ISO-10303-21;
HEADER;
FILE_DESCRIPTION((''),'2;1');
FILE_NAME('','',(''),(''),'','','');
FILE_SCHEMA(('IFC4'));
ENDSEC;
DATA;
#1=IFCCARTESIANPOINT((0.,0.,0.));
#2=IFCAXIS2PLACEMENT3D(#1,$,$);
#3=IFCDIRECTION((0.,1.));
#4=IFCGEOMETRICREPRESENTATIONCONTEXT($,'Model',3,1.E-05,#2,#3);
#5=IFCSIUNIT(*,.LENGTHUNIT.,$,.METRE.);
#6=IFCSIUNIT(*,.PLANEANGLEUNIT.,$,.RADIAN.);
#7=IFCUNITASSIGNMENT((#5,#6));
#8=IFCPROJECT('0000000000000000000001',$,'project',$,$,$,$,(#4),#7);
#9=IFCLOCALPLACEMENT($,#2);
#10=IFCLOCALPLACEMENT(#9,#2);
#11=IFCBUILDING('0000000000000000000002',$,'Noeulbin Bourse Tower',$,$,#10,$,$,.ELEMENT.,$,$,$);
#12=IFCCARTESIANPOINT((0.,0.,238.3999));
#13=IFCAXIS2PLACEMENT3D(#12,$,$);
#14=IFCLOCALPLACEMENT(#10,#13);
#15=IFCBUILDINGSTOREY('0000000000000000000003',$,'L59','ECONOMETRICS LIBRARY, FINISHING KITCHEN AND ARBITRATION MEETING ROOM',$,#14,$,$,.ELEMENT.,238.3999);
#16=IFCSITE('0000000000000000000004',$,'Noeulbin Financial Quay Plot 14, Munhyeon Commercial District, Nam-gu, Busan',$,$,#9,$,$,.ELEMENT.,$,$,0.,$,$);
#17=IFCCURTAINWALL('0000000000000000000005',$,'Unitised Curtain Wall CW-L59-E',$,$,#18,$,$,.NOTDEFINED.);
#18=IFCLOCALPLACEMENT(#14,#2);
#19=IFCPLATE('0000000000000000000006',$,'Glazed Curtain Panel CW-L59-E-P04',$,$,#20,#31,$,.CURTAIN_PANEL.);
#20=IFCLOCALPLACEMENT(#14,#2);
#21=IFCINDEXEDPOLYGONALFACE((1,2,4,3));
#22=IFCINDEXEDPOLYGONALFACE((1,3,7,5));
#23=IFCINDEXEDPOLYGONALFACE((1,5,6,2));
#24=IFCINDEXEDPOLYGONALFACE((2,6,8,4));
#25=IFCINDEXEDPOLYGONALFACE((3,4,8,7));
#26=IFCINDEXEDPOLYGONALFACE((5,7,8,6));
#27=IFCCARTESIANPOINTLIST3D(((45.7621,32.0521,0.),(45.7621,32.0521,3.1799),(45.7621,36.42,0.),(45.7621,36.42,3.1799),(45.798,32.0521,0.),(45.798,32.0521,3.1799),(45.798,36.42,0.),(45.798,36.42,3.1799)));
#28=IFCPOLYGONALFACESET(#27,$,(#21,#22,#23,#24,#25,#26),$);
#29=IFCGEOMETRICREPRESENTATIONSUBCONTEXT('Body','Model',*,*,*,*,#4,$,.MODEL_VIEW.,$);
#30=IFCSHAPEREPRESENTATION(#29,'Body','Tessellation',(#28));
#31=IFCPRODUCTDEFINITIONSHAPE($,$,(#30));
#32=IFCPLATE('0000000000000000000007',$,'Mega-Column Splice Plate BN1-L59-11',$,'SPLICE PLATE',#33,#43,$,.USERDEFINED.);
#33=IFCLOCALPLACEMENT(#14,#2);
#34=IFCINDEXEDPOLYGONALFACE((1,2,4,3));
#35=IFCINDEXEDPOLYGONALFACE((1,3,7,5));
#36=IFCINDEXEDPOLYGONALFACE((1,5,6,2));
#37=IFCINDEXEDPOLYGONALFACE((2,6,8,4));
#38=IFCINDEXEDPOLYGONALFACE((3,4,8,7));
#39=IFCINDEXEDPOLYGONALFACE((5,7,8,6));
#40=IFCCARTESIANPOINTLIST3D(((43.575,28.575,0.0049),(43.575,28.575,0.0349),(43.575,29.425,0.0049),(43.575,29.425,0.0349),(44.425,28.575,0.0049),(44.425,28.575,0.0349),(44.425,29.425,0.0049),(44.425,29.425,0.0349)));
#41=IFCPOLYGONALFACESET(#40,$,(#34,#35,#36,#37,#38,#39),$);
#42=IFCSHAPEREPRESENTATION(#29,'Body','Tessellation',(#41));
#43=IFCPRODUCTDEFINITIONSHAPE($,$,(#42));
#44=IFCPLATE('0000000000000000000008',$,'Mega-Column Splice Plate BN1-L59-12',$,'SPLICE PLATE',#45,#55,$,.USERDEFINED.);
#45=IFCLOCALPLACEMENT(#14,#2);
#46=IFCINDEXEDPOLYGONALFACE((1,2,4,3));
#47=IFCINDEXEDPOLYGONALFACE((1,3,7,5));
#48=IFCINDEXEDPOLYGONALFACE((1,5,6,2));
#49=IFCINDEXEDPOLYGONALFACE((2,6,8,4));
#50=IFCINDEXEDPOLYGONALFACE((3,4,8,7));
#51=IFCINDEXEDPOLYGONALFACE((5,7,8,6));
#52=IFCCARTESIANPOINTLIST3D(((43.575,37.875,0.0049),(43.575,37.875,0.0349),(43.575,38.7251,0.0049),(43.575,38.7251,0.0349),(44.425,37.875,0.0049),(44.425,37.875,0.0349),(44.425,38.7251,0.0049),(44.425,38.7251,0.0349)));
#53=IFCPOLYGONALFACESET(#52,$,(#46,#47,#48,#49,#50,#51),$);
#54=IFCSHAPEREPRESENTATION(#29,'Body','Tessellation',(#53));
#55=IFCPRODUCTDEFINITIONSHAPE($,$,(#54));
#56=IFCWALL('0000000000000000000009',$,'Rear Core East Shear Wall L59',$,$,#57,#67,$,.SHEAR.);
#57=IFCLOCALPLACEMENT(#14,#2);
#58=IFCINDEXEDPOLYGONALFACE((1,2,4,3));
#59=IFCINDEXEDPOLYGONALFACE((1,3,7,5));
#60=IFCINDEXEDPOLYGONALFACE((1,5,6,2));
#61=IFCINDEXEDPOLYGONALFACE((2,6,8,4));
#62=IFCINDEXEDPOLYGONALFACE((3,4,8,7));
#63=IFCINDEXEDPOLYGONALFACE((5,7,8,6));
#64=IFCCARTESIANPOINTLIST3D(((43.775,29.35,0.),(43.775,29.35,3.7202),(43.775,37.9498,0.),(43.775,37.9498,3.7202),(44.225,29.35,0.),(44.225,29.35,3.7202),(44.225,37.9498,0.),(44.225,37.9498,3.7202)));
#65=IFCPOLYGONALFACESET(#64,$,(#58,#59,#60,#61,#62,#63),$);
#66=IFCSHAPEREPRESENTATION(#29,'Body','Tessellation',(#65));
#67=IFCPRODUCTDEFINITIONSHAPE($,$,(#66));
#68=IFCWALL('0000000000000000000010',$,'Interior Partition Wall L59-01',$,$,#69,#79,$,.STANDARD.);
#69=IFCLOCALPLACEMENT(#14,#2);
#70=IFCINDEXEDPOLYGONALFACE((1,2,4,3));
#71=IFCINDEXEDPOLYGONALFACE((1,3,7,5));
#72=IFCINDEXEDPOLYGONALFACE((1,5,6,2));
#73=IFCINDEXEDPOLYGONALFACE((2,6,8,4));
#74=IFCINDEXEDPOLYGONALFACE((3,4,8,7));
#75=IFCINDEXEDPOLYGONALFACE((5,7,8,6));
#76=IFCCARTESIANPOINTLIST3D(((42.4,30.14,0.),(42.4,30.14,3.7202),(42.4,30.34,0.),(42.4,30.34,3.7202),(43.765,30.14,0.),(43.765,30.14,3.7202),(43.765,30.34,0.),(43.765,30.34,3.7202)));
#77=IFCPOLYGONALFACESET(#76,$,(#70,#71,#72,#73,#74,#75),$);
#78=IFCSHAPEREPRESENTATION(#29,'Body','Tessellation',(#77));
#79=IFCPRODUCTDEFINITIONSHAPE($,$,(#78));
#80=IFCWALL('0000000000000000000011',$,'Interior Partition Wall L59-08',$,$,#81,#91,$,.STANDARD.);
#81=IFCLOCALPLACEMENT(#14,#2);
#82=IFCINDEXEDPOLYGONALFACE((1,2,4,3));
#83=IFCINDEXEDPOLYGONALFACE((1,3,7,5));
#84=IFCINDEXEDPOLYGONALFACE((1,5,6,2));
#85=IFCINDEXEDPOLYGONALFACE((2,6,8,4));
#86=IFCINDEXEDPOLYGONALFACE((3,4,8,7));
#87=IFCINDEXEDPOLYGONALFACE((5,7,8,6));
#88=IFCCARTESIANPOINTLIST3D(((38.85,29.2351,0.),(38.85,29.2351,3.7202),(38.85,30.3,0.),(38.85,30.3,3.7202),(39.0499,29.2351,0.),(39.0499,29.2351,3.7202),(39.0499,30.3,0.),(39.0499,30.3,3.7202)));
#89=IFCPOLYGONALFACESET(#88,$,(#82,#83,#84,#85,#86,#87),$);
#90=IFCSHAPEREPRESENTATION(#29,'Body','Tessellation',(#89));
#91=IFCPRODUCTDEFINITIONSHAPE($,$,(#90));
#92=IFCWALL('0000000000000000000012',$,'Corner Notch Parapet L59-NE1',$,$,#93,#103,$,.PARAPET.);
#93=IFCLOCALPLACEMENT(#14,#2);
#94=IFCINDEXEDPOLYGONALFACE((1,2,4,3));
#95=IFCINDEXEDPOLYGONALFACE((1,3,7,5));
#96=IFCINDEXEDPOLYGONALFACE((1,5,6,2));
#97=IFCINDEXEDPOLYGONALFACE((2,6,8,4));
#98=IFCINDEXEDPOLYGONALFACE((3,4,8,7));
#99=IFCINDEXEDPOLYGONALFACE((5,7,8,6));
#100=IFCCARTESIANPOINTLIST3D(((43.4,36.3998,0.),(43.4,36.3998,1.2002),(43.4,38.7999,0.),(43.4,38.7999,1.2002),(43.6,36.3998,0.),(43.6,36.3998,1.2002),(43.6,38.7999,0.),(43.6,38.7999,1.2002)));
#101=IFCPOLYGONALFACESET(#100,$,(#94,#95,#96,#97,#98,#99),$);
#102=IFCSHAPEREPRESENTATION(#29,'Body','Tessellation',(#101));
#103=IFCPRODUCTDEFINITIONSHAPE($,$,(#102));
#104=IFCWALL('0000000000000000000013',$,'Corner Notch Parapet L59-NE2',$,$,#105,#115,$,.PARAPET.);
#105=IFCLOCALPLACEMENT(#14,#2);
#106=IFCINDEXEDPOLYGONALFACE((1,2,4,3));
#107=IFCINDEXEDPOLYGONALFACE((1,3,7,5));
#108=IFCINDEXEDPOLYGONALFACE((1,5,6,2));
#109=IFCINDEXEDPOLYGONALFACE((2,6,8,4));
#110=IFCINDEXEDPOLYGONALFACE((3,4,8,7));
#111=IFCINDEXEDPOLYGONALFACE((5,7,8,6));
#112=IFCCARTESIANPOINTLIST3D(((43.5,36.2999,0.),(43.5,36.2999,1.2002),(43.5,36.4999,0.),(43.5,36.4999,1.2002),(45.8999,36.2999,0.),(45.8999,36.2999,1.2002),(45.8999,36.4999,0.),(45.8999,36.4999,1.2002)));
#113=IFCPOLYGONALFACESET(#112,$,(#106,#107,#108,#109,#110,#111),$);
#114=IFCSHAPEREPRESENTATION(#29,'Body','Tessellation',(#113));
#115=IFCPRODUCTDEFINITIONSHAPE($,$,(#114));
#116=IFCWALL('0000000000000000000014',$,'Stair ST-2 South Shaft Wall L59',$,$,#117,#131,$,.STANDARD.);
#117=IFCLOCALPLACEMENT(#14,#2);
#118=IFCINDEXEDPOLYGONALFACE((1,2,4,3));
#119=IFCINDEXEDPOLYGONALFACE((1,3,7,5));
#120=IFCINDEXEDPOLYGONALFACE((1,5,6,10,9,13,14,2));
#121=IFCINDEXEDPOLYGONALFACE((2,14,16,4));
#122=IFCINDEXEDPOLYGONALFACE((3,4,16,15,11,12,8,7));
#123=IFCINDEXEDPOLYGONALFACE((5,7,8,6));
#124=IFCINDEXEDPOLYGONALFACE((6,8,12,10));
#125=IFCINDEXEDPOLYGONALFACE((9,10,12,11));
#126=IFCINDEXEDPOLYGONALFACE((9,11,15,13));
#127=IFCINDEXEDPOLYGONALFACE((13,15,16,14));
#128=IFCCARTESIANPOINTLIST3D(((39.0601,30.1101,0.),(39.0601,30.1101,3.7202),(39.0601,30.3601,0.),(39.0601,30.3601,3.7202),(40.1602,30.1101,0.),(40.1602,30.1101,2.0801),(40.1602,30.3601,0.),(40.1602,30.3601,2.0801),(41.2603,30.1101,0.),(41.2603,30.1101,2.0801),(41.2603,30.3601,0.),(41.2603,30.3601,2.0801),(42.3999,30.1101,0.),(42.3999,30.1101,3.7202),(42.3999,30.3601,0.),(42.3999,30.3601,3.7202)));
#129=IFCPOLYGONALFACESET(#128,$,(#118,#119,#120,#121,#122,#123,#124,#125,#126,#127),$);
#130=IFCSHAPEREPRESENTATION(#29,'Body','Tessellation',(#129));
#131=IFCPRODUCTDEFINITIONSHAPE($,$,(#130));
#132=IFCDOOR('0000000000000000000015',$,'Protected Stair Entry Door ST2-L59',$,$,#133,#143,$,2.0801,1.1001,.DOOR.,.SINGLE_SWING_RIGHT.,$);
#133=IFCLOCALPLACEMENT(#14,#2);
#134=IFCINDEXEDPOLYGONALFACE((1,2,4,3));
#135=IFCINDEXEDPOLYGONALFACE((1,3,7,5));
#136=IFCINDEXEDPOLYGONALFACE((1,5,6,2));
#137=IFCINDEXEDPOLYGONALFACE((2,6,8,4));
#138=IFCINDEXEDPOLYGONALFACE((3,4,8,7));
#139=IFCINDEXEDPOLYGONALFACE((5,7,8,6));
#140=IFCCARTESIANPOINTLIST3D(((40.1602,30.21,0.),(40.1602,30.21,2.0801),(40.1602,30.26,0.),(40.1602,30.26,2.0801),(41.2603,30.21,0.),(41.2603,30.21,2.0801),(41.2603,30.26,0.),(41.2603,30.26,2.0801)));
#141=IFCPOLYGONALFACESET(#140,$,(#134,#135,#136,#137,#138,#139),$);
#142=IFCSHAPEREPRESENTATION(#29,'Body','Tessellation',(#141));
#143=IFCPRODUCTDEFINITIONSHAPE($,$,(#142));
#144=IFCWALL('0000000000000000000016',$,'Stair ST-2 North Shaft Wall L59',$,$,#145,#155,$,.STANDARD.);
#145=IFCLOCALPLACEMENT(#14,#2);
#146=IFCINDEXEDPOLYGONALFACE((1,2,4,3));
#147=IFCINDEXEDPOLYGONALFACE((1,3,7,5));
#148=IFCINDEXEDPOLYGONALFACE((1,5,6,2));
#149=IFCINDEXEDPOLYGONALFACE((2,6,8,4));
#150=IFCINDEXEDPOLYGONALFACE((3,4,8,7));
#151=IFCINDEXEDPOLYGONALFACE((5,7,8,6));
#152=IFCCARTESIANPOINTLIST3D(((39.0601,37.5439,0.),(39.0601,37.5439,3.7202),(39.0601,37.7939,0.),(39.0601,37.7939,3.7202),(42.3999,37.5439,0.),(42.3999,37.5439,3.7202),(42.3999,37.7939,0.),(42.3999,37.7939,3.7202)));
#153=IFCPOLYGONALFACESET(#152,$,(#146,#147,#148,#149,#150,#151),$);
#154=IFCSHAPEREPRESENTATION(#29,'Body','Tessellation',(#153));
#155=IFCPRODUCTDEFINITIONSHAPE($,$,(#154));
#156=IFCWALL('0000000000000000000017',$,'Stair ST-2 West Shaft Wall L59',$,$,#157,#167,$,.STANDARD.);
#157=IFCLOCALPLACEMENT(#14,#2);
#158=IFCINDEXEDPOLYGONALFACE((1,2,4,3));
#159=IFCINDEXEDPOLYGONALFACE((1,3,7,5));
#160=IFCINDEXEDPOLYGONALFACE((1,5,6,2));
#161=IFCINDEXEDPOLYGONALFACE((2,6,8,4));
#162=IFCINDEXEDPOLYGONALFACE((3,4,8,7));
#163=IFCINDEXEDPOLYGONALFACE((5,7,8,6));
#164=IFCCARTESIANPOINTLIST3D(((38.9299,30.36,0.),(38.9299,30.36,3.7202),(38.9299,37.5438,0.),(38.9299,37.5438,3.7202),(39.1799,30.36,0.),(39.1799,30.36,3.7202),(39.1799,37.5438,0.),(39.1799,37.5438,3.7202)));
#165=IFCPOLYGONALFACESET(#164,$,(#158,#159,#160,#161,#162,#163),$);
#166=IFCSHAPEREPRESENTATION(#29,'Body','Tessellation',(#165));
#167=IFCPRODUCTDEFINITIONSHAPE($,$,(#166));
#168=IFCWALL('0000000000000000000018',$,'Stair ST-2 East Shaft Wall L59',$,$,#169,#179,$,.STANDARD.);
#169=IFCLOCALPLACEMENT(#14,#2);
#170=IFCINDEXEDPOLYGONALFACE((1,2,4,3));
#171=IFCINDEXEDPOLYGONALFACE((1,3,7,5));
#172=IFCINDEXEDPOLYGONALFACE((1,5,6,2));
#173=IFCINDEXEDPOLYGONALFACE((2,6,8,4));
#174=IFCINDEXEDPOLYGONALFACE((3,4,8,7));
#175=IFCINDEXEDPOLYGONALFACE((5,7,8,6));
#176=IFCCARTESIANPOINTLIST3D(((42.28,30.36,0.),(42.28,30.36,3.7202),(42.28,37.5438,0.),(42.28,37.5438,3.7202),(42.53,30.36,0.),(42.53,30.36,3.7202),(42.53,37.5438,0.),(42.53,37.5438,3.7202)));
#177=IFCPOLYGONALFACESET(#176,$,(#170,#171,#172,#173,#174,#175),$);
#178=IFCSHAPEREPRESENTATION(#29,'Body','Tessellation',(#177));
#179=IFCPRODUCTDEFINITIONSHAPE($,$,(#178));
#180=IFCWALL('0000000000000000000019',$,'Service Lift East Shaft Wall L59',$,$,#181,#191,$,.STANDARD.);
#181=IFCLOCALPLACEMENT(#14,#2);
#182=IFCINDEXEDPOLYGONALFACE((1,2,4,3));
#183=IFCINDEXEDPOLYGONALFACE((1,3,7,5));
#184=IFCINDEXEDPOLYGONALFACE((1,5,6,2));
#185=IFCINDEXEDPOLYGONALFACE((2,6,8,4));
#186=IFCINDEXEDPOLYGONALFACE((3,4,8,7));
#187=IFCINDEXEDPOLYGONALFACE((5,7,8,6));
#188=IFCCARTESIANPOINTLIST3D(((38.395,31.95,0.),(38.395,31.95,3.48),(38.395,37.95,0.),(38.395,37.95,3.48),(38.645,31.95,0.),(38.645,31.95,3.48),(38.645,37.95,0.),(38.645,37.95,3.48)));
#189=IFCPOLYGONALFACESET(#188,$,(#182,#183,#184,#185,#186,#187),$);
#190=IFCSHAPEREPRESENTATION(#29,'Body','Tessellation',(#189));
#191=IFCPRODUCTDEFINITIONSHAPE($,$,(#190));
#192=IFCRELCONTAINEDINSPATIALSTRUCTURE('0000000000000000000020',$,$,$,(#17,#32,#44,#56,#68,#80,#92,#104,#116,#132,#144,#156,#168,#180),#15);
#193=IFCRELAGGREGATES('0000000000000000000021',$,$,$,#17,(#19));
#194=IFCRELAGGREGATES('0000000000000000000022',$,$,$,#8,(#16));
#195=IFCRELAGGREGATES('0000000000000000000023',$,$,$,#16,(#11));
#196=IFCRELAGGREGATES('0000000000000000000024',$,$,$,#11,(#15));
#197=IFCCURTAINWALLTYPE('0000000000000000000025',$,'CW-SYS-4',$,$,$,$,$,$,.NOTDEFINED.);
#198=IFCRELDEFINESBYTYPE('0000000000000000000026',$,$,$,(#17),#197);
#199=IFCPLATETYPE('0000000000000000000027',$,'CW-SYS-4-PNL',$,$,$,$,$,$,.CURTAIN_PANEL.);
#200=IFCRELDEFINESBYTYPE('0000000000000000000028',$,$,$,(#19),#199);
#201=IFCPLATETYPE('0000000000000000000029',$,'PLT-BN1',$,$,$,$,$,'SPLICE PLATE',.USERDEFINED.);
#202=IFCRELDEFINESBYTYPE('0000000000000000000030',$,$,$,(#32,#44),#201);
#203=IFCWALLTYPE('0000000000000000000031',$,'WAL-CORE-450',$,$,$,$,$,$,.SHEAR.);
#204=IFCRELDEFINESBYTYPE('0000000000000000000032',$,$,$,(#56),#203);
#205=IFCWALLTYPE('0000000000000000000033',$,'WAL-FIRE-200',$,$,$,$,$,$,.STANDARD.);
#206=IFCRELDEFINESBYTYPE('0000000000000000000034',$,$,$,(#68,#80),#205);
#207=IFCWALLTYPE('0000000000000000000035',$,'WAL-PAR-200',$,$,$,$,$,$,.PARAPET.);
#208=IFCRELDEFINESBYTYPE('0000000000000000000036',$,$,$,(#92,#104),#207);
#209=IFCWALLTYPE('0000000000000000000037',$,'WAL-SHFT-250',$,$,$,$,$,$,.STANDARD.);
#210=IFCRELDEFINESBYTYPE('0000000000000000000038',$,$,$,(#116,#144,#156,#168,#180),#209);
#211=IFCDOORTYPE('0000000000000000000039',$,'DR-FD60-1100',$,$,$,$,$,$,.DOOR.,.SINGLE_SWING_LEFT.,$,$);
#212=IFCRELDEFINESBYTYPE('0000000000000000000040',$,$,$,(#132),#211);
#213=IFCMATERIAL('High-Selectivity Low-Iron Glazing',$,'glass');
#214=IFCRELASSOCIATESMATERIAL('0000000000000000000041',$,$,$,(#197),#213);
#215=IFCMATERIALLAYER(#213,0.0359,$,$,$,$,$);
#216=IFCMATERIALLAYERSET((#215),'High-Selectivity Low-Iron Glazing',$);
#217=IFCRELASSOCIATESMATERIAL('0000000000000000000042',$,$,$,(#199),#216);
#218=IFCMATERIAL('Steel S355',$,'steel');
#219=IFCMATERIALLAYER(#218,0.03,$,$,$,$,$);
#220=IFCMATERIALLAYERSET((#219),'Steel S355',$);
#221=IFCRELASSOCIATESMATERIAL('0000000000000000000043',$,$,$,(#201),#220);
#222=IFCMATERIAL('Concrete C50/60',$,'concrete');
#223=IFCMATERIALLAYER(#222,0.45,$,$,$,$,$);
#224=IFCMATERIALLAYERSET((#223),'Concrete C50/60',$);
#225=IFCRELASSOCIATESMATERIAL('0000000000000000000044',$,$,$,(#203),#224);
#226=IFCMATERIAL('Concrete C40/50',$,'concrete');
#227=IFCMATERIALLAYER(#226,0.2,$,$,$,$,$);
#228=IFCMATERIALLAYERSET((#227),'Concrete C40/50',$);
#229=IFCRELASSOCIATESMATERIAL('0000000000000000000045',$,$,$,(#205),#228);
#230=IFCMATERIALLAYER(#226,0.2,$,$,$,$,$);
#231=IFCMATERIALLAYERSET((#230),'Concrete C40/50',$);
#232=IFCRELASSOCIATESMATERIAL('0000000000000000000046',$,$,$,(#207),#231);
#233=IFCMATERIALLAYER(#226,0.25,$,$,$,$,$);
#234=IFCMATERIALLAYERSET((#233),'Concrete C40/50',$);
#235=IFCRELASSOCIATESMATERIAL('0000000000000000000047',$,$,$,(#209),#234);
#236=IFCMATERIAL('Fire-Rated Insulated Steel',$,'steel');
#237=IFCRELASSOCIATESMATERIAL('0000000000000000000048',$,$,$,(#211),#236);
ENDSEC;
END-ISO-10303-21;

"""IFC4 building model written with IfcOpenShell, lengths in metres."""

from ifc_helpers import new_model, si_unit, direction, frame, frame_2d, origin, origin_2d, place, context, subcontext, project, spatial, rectangle, extrude, material, layer, layer_set, type_object, element, fill, aggregate, save


model = new_model("IFC4")

# Units and contexts
model_context = context("Model", 3, precision=1e-05, world=origin(), true_north=direction((0.0, 1.0)))
body_context = subcontext(model_context, "Body", "Model", "MODEL_VIEW")
ifc_project = project(units=[si_unit("LENGTHUNIT", "METRE"), si_unit("PLANEANGLEUNIT", "RADIAN")], contexts=[model_context])

# Site, building, storey
site_placement = place(None, origin())
site = spatial("IfcSite", under=ifc_project, at=site_placement, Name="Noeulbin Financial Quay Plot 14, Munhyeon Commercial District, Nam-gu, Busan", CompositionType="ELEMENT", RefElevation=0.0)
building_placement = place(site_placement, origin())
building = spatial("IfcBuilding", under=site, at=building_placement, Name="Noeulbin Bourse Tower", CompositionType="ELEMENT")
storey_placement = place(building_placement, frame((0.0, 0.0, 238.3999)))
storey = spatial("IfcBuildingStorey", under=building, at=storey_placement, Name="L59", Description="ECONOMETRICS LIBRARY, FINISHING KITCHEN AND ARBITRATION MEETING ROOM", CompositionType="ELEMENT", Elevation=238.3999)

# Shared definitions
ifc_material_1 = material(Name="Steel S355", Category="steel")

# Curtain wall
ifc_material_2 = material(Name="High-Selectivity Low-Iron Glazing", Category="glass")
curtain_wall_type = type_object("IfcCurtainWallType", Name="CW-SYS-4", PredefinedType="NOTDEFINED", material=ifc_material_2)
curtain_wall_1_placement = place(storey_placement, origin())
curtain_wall_1 = element("IfcCurtainWall", 1, at=curtain_wall_1_placement, inside=storey, type_object=curtain_wall_type, Name="Unitised Curtain Wall CW-L59-E", PredefinedType="NOTDEFINED")

# Plate
ifc_layer_1 = layer(ifc_material_2, 0.0359)
ifc_layer_set_1 = layer_set([ifc_layer_1], Name="High-Selectivity Low-Iron Glazing")
plate_type_1 = type_object("IfcPlateType", Name="CW-SYS-4-PNL", PredefinedType="CURTAIN_PANEL", material=ifc_layer_set_1)
plate_1_placement = place(storey_placement, frame((45.78, 34.2361, 0.0), z_axis=(0.0, 0.0, 1.0), x_axis=(0.0, 1.0, 0.0)))
plate_1 = element("IfcPlate", 2, at=plate_1_placement, type_object=plate_type_1, Name="Glazed Curtain Panel CW-L59-E-P04", PredefinedType="CURTAIN_PANEL", context=body_context, shape_type="SweptSolid", body=[
    extrude(rectangle(XDim=4.3679, YDim=0.0359, at=origin_2d()), origin(), (0.0, 0.0, 1.0), 3.1799),
])
aggregate(curtain_wall_1, [plate_1])

# Plates
ifc_layer_2 = layer(ifc_material_1, 0.03)
ifc_layer_set_2 = layer_set([ifc_layer_2], Name="Steel S355")
plate_type_2 = type_object("IfcPlateType", Name="PLT-BN1", ElementType="SPLICE PLATE", PredefinedType="USERDEFINED", material=ifc_layer_set_2)
for number, where, z_axis, x_axis, name in (
    (3, (44.0, 29.0, 0.0049), (0.0, 0.0, 1.0), (1.0, 0.0, 0.0), "Mega-Column Splice Plate BN1-L59-11"),
    (4, (44.0, 38.3, 0.0049), (0.0, 0.0, 1.0), (1.0, 0.0, 0.0), "Mega-Column Splice Plate BN1-L59-12"),
):
    element("IfcPlate", number, at=place(storey_placement, frame(where, z_axis=z_axis, x_axis=x_axis)), inside=storey, type_object=plate_type_2, Name=name, ObjectType="SPLICE PLATE", PredefinedType="USERDEFINED", context=body_context, shape_type="SweptSolid", body=[
        extrude(rectangle(XDim=0.8501, YDim=0.8501, at=origin_2d()), origin(), (0.0, 0.0, 1.0), 0.03),
    ])

# Walls
ifc_material_3 = material(Name="Concrete C50/60", Category="concrete")
ifc_layer_3 = layer(ifc_material_3, 0.45)
ifc_layer_set_3 = layer_set([ifc_layer_3], Name="Concrete C50/60")
wall_type_1 = type_object("IfcWallType", Name="WAL-CORE-450", PredefinedType="SHEAR", material=ifc_layer_set_3)
wall_1_placement = place(storey_placement, frame((44.0, 29.3501, 0.0), z_axis=(0.0, 0.0, 1.0), x_axis=(0.0, 1.0, 0.0)))
element("IfcWall", 5, at=wall_1_placement, inside=storey, type_object=wall_type_1, Name="Rear Core East Shear Wall L59", PredefinedType="SHEAR", context=body_context, shape_type="SweptSolid", body=[
    extrude(rectangle(XDim=8.5999, YDim=0.45, at=frame_2d((4.2998, 0.0))), origin(), (0.0, 0.0, 1.0), 3.7202),
])
ifc_material_4 = material(Name="Concrete C40/50", Category="concrete")
ifc_layer_4 = layer(ifc_material_4, 0.2)
ifc_layer_set_4 = layer_set([ifc_layer_4], Name="Concrete C40/50")
wall_type_2 = type_object("IfcWallType", Name="WAL-FIRE-200", PredefinedType="STANDARD", material=ifc_layer_set_4)
wall_2_placement = place(storey_placement, frame((42.3999, 30.24, 0.0), z_axis=(0.0, 0.0, 1.0), x_axis=(1.0, 0.0, 0.0)))
element("IfcWall", 6, at=wall_2_placement, inside=storey, type_object=wall_type_2, Name="Interior Partition Wall L59-01", PredefinedType="STANDARD", context=body_context, shape_type="SweptSolid", body=[
    extrude(rectangle(XDim=1.365, YDim=0.2, at=frame_2d((0.6826, 0.0))), origin(), (0.0, 0.0, 1.0), 3.7202),
])
wall_3_placement = place(storey_placement, frame((38.95, 29.2351, 0.0), z_axis=(0.0, 0.0, 1.0), x_axis=(0.0, 1.0, 0.0)))
element("IfcWall", 7, at=wall_3_placement, inside=storey, type_object=wall_type_2, Name="Interior Partition Wall L59-08", PredefinedType="STANDARD", context=body_context, shape_type="SweptSolid", body=[
    extrude(rectangle(XDim=1.0649, YDim=0.2, at=frame_2d((0.5325, 0.0))), origin(), (0.0, 0.0, 1.0), 3.7202),
])
ifc_layer_5 = layer(ifc_material_4, 0.2)
ifc_layer_set_5 = layer_set([ifc_layer_5], Name="Concrete C40/50")
wall_type_3 = type_object("IfcWallType", Name="WAL-PAR-200", PredefinedType="PARAPET", material=ifc_layer_set_5)
wall_4_placement = place(storey_placement, frame((43.5, 38.8, 0.0), z_axis=(0.0, 0.0, 1.0), x_axis=(0.0, -1.0, 0.0)))
element("IfcWall", 8, at=wall_4_placement, inside=storey, type_object=wall_type_3, Name="Corner Notch Parapet L59-NE1", PredefinedType="PARAPET", context=body_context, shape_type="SweptSolid", body=[
    extrude(rectangle(XDim=2.4001, YDim=0.2, at=frame_2d((1.2002, 0.0))), origin(), (0.0, 0.0, 1.0), 1.2002),
])
wall_5_placement = place(storey_placement, frame((43.5, 36.3999, 0.0), z_axis=(0.0, 0.0, 1.0), x_axis=(1.0, 0.0, 0.0)))
element("IfcWall", 9, at=wall_5_placement, inside=storey, type_object=wall_type_3, Name="Corner Notch Parapet L59-NE2", PredefinedType="PARAPET", context=body_context, shape_type="SweptSolid", body=[
    extrude(rectangle(XDim=2.3999, YDim=0.2, at=frame_2d((1.2, 0.0))), origin(), (0.0, 0.0, 1.0), 1.2002),
])

# Wall, opening, door
ifc_layer_6 = layer(ifc_material_4, 0.25)
ifc_layer_set_6 = layer_set([ifc_layer_6], Name="Concrete C40/50")
wall_type_4 = type_object("IfcWallType", Name="WAL-SHFT-250", PredefinedType="STANDARD", material=ifc_layer_set_6)
wall_6_placement = place(storey_placement, frame((39.0601, 30.2351, 0.0), z_axis=(0.0, 0.0, 1.0), x_axis=(1.0, 0.0, 0.0)))
wall_6 = element("IfcWall", 10, at=wall_6_placement, inside=storey, type_object=wall_type_4, Name="Stair ST-2 South Shaft Wall L59", PredefinedType="STANDARD", context=body_context, shape_type="SweptSolid", body=[
    extrude(rectangle(XDim=3.3398, YDim=0.25, at=frame_2d((1.6699, 0.0))), origin(), (0.0, 0.0, 1.0), 3.7202),
])
opening_placement = place(wall_6_placement, frame((1.1001, 0.0, 0.0)))
opening = element("IfcOpeningElement", 11, at=opening_placement, cuts=wall_6, PredefinedType="OPENING", context=body_context, shape_type="SweptSolid", body=[
    extrude(rectangle(XDim=1.1001, YDim=2.0801, at=frame_2d((0.55, 1.04))), frame((0.0, 0.135, 0.0), z_axis=(0.0, -1.0, 0.0), x_axis=(1.0, 0.0, 0.0)), (0.0, 0.0, 1.0), 0.27),
])
ifc_material_5 = material(Name="Fire-Rated Insulated Steel", Category="steel")
door_type = type_object("IfcDoorType", Name="DR-FD60-1100", OperationType="SINGLE_SWING_LEFT", PredefinedType="DOOR", material=ifc_material_5)
door_placement = place(opening_placement, origin())
door = element("IfcDoor", 12, at=door_placement, inside=storey, type_object=door_type, Name="Protected Stair Entry Door ST2-L59", OperationType="SINGLE_SWING_RIGHT", OverallHeight=2.0801, OverallWidth=1.1001, PredefinedType="DOOR", context=body_context, shape_type="SweptSolid", body=[
    extrude(rectangle(XDim=1.1001, YDim=2.0801, at=frame_2d((0.55, 1.04))), frame((0.0, 0.0249, 0.0), z_axis=(0.0, -1.0, 0.0), x_axis=(1.0, 0.0, 0.0)), (0.0, 0.0, 1.0), 0.05),
])
fill(opening, door)

# Walls
wall_7_placement = place(storey_placement, frame((39.0601, 37.6689, 0.0), z_axis=(0.0, 0.0, 1.0), x_axis=(1.0, 0.0, 0.0)))
element("IfcWall", 13, at=wall_7_placement, inside=storey, type_object=wall_type_4, Name="Stair ST-2 North Shaft Wall L59", PredefinedType="STANDARD", context=body_context, shape_type="SweptSolid", body=[
    extrude(rectangle(XDim=3.3398, YDim=0.25, at=frame_2d((1.6699, 0.0))), origin(), (0.0, 0.0, 1.0), 3.7202),
])
for number, where, z_axis, x_axis, name in (
    (14, (39.0549, 30.3601, 0.0), (0.0, 0.0, 1.0), (0.0, 1.0, 0.0), "Stair ST-2 West Shaft Wall L59"),
    (15, (42.405, 30.3601, 0.0), (0.0, 0.0, 1.0), (0.0, 1.0, 0.0), "Stair ST-2 East Shaft Wall L59"),
):
    element("IfcWall", number, at=place(storey_placement, frame(where, z_axis=z_axis, x_axis=x_axis)), inside=storey, type_object=wall_type_4, Name=name, PredefinedType="STANDARD", context=body_context, shape_type="SweptSolid", body=[
        extrude(rectangle(XDim=7.1838, YDim=0.25, at=frame_2d((3.5918, 0.0))), origin(), (0.0, 0.0, 1.0), 3.7202),
    ])
wall_8_placement = place(storey_placement, frame((38.52, 31.95, 0.0), z_axis=(0.0, 0.0, 1.0), x_axis=(0.0, 1.0, 0.0)))
element("IfcWall", 16, at=wall_8_placement, inside=storey, type_object=wall_type_4, Name="Service Lift East Shaft Wall L59", PredefinedType="STANDARD", context=body_context, shape_type="SweptSolid", body=[
    extrude(rectangle(XDim=6.0, YDim=0.25, at=frame_2d((3.0, 0.0))), origin(), (0.0, 0.0, 1.0), 3.48),
])

save(model, "model.ifc")
